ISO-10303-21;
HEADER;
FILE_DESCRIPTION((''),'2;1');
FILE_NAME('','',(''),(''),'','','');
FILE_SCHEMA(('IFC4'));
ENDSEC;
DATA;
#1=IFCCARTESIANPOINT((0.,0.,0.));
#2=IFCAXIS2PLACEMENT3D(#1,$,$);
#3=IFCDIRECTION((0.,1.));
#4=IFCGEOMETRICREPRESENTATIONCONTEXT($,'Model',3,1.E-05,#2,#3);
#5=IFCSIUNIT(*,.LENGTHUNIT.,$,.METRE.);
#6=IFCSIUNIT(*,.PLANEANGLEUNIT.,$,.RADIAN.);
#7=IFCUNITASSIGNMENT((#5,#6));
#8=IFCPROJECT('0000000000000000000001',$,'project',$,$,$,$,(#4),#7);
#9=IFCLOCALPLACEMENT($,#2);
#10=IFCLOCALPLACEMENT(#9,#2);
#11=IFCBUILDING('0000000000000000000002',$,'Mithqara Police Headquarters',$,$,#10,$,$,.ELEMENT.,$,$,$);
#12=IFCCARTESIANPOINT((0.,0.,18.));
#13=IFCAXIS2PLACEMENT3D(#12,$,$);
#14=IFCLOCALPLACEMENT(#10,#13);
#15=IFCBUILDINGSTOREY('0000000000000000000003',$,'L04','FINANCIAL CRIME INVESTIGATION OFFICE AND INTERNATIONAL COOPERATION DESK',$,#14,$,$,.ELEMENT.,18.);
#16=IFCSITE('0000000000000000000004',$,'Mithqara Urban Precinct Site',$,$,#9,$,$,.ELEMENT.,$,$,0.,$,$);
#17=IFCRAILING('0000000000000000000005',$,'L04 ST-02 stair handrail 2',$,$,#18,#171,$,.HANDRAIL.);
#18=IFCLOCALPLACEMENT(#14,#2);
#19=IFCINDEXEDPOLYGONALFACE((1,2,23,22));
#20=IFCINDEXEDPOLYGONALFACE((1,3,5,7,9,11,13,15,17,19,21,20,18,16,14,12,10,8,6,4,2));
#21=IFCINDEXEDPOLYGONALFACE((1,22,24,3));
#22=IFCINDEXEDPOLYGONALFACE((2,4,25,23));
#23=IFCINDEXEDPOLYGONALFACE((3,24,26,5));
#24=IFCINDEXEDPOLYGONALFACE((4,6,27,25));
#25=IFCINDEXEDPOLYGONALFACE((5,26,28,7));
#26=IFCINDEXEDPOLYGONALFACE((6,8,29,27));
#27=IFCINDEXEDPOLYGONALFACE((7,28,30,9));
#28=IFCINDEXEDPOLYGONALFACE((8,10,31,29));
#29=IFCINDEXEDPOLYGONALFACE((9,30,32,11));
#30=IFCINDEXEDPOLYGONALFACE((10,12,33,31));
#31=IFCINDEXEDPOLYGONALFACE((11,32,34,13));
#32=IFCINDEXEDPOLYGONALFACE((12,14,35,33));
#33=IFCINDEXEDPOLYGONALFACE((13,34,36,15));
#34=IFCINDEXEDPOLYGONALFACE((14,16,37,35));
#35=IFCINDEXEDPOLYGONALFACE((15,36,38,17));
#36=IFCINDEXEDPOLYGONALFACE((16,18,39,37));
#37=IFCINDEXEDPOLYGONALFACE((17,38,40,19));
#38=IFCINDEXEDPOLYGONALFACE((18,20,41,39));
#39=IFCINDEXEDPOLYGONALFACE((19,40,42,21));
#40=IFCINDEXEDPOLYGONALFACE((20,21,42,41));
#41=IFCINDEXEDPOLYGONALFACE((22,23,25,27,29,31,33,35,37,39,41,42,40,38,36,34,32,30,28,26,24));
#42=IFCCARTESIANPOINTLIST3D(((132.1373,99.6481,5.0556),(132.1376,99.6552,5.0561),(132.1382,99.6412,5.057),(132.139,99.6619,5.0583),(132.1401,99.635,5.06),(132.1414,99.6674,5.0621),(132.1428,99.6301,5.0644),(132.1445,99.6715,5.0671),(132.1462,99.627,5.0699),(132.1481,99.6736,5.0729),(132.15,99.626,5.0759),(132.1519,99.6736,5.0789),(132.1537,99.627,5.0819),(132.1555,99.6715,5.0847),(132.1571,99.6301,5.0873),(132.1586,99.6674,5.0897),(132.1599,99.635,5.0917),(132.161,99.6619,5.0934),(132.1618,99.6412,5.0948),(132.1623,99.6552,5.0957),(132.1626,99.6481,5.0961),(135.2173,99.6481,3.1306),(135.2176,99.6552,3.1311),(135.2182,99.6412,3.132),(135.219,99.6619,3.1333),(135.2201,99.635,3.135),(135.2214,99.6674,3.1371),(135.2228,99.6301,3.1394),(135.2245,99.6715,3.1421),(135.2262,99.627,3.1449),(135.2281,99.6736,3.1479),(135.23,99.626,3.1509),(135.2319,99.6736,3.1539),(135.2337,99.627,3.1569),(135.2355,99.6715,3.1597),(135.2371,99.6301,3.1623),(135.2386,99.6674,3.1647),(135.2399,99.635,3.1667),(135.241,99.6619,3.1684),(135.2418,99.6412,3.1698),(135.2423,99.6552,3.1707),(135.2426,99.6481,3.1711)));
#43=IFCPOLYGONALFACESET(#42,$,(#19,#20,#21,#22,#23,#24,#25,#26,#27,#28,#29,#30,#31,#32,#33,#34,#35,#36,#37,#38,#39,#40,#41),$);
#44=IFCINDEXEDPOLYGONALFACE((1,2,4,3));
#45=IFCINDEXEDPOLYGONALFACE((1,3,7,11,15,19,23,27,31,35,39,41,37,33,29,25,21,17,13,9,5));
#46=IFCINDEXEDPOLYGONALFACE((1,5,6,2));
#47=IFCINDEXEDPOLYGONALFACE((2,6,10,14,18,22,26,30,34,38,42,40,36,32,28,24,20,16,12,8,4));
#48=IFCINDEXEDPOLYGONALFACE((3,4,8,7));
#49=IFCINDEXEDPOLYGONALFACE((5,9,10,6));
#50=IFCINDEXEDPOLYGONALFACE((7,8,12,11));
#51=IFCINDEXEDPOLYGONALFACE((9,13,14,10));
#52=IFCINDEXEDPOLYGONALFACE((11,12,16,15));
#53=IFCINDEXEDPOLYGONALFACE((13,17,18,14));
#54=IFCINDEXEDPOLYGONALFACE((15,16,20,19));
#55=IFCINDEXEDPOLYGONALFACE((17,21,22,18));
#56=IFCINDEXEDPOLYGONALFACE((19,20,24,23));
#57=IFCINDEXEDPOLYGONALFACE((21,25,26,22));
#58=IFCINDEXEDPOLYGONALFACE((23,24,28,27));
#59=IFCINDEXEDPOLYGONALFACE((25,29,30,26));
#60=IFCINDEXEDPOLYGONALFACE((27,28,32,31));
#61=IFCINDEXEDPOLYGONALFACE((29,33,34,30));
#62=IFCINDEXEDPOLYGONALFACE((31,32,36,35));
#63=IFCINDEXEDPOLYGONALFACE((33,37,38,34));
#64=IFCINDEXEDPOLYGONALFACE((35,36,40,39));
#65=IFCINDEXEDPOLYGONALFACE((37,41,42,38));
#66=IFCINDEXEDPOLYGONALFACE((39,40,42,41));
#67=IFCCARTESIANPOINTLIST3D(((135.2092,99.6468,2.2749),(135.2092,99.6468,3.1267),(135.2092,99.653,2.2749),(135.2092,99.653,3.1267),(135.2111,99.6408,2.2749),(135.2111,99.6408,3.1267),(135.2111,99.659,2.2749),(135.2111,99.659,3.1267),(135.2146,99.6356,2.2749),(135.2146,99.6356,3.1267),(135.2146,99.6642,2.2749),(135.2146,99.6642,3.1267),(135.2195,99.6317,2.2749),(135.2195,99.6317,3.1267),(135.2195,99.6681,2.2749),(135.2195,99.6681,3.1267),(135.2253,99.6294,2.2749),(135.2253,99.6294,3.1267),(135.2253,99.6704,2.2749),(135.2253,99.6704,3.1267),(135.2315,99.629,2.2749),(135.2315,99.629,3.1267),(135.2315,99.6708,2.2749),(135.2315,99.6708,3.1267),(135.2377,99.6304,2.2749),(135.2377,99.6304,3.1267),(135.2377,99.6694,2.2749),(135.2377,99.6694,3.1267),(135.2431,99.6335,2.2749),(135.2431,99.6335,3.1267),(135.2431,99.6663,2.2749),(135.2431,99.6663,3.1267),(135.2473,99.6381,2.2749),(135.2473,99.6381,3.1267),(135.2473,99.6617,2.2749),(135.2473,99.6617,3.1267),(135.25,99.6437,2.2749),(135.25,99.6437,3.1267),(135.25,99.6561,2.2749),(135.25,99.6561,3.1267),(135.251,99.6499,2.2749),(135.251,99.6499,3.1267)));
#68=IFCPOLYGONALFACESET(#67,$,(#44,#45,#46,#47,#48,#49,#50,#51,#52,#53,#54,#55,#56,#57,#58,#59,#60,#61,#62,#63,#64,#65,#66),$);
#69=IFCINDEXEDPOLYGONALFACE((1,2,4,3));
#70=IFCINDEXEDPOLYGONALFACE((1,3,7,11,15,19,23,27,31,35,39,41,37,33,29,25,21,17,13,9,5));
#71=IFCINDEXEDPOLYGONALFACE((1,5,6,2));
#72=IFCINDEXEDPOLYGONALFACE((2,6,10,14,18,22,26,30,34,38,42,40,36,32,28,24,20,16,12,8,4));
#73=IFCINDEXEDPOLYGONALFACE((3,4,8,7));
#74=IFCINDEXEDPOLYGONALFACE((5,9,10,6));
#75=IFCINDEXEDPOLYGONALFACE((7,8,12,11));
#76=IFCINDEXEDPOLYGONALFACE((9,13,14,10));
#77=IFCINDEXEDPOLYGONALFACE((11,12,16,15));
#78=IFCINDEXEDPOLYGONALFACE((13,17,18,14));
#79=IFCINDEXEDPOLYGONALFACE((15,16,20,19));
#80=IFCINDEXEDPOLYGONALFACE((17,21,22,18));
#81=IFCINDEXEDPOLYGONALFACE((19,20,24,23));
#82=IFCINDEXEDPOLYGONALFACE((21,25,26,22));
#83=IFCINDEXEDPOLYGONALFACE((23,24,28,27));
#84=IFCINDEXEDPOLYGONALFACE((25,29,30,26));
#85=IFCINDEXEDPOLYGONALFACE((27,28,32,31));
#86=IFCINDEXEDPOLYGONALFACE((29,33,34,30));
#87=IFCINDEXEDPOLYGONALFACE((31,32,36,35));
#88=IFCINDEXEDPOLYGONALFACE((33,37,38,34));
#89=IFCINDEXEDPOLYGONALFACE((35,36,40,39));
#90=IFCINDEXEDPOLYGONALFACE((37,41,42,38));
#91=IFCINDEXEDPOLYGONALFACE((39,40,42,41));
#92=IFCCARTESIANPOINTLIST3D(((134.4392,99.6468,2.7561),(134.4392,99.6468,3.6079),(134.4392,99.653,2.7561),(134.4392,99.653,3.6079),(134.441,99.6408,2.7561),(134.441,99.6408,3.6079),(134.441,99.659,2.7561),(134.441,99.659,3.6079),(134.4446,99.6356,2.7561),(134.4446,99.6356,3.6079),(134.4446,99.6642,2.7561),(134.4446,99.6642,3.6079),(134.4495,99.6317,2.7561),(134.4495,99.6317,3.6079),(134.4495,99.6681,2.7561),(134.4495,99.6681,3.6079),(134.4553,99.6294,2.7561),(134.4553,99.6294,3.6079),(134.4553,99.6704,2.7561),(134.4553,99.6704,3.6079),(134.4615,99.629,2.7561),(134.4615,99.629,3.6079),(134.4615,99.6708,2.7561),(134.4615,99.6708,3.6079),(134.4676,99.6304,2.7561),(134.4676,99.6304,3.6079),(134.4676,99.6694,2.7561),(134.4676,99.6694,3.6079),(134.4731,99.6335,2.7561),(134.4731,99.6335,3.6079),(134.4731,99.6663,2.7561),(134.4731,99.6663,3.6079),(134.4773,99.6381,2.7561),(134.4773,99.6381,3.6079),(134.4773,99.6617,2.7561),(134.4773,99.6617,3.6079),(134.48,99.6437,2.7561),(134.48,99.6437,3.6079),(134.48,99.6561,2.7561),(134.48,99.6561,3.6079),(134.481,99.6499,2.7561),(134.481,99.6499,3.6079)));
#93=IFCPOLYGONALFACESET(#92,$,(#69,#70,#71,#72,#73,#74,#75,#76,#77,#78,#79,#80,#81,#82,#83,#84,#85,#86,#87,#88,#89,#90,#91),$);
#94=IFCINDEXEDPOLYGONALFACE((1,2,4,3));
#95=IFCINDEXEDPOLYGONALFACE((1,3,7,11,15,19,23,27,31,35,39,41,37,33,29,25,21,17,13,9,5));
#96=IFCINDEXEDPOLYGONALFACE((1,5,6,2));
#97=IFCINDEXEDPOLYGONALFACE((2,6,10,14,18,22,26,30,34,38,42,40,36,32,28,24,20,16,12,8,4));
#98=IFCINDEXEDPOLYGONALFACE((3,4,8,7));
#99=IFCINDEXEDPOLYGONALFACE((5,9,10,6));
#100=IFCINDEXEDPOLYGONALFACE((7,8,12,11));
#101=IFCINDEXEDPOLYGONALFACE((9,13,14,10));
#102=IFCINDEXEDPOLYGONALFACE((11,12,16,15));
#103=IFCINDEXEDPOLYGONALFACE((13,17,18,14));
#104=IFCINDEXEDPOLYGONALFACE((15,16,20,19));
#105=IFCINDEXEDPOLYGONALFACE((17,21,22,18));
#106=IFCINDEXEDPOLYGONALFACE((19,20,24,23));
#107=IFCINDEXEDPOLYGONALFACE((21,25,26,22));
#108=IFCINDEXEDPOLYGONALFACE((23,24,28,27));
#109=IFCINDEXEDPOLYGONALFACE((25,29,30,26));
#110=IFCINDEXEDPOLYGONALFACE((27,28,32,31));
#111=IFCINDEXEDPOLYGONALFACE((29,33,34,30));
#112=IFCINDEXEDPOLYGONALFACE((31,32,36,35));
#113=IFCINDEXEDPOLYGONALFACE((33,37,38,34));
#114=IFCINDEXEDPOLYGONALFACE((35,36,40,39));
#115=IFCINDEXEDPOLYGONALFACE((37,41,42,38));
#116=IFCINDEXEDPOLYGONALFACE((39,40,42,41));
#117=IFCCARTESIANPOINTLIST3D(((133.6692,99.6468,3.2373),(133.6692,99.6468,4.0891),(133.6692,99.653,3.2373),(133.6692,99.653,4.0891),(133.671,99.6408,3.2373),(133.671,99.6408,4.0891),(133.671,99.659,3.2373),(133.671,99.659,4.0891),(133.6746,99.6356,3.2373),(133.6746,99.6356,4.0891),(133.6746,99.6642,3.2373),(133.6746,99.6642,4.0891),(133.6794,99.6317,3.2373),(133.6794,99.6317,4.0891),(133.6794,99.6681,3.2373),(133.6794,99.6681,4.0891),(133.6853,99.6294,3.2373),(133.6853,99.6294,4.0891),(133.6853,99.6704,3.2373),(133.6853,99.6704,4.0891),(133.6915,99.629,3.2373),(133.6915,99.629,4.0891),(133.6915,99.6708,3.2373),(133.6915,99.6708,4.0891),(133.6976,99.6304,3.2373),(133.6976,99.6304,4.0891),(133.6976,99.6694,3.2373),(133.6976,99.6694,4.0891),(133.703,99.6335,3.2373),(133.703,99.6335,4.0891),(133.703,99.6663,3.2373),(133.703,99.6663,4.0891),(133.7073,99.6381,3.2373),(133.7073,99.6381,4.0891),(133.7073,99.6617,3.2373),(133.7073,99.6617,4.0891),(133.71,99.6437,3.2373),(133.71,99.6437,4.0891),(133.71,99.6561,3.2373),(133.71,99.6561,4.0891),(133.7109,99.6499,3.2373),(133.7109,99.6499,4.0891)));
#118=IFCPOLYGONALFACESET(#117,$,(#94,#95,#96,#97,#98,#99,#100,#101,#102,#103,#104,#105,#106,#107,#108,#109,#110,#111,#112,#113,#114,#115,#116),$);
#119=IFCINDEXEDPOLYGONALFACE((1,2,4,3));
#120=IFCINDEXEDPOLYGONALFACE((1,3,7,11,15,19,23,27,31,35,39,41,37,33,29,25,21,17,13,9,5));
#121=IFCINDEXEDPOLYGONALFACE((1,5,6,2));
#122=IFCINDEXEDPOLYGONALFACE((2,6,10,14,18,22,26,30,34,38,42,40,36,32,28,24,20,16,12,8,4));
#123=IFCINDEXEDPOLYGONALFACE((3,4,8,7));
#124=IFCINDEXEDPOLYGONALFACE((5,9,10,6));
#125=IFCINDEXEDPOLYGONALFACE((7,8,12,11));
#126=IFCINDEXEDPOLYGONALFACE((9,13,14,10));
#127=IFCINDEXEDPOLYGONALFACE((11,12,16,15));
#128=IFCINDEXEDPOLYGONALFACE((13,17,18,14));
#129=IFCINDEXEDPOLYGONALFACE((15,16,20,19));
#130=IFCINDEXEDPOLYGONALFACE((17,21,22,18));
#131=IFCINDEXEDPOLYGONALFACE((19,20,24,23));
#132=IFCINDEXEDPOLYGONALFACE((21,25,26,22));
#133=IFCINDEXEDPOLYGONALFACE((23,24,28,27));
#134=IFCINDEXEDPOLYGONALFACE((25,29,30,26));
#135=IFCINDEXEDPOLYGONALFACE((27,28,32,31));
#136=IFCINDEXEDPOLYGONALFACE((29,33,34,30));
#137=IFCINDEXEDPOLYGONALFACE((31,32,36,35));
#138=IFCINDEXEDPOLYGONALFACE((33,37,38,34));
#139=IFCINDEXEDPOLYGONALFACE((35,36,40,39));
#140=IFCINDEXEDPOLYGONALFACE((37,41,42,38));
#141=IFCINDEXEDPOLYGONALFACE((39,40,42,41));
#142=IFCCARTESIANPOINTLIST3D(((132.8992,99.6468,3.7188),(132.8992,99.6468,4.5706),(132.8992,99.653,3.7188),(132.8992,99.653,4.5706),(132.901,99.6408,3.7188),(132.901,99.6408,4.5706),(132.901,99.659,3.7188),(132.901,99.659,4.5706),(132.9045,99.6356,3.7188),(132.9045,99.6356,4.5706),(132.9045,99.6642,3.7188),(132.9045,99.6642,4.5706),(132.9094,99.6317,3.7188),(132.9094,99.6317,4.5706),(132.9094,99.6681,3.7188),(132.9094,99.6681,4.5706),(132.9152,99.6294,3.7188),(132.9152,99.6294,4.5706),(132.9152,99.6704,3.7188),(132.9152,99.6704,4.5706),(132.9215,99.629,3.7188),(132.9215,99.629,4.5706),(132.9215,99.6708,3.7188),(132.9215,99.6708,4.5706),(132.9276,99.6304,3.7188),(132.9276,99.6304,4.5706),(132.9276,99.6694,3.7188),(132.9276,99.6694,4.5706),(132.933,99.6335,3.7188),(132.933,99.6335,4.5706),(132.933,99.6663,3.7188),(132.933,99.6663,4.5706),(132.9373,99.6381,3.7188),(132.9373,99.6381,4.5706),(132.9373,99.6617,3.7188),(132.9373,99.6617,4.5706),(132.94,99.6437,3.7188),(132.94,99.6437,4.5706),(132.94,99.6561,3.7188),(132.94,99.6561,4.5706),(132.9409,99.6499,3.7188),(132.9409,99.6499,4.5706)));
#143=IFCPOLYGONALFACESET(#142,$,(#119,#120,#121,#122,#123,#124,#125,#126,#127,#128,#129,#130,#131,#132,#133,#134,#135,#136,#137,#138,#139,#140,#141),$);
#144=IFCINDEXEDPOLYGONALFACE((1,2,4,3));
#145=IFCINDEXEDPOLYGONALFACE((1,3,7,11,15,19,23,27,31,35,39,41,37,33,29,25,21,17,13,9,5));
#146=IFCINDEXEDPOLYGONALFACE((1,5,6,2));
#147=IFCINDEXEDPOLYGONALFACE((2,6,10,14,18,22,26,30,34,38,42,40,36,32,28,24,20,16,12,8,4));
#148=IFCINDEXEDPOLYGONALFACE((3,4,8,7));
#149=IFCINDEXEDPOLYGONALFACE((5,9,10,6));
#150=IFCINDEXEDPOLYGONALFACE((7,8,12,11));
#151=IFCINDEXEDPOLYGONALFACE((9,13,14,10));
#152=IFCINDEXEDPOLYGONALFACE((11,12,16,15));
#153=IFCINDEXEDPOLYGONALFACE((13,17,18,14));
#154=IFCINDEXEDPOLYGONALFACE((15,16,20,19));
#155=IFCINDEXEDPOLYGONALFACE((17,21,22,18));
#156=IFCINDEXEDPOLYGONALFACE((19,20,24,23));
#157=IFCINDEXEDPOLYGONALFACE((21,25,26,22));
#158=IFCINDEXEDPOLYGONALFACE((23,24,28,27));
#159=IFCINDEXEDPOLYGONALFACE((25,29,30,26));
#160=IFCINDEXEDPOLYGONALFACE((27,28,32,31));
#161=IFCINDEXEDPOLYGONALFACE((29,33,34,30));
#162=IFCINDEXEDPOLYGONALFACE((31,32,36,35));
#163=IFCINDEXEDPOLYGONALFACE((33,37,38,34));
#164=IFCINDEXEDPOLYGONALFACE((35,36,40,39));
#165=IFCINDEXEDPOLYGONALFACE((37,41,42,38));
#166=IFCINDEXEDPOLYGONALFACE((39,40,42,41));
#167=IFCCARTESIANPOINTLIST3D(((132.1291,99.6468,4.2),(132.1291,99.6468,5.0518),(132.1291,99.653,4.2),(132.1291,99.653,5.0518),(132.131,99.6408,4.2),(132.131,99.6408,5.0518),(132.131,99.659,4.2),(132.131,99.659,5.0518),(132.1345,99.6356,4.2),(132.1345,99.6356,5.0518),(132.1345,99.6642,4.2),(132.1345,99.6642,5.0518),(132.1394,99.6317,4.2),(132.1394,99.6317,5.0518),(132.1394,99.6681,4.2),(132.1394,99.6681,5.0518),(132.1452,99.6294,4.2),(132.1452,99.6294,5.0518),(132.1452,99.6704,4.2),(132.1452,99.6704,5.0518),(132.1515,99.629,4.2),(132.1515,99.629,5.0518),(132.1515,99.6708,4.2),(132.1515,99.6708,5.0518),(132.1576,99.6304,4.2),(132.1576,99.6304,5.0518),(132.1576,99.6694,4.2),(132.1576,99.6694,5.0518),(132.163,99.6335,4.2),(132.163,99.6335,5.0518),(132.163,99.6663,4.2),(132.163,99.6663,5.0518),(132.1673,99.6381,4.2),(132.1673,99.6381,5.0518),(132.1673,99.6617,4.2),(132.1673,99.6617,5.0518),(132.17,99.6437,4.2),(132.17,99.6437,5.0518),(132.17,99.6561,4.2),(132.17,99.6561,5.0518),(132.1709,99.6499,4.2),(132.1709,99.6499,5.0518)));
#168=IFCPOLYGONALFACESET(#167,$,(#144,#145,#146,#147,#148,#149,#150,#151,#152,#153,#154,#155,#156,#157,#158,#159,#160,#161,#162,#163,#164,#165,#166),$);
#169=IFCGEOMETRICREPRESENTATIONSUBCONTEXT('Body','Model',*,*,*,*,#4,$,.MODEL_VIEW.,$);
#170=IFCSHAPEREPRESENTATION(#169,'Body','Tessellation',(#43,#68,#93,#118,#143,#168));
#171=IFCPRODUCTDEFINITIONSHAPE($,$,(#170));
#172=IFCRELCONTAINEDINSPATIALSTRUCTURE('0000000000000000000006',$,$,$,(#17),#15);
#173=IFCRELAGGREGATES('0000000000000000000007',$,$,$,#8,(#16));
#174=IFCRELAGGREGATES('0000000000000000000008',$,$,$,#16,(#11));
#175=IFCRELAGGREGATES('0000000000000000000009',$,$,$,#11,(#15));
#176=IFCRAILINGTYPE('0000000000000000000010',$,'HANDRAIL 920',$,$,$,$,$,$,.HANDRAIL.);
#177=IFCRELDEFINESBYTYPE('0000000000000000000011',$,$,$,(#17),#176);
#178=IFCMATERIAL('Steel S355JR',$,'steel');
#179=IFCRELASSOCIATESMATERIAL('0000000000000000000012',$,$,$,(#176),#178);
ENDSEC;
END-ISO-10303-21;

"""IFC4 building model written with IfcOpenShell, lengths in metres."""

from ifc_helpers import new_model, si_unit, direction, frame, origin, origin_2d, place, context, subcontext, project, spatial, circle, extrude, material, type_object, element, save


model = new_model("IFC4")

# Units and contexts
model_context = context("Model", 3, precision=1e-05, world=origin(), true_north=direction((0.0, 1.0)))
body_context = subcontext(model_context, "Body", "Model", "MODEL_VIEW")
ifc_project = project(units=[si_unit("LENGTHUNIT", "METRE"), si_unit("PLANEANGLEUNIT", "RADIAN")], contexts=[model_context])

# Site, building, storey
site_placement = place(None, origin())
site = spatial("IfcSite", under=ifc_project, at=site_placement, Name="Mithqara Urban Precinct Site", CompositionType="ELEMENT", RefElevation=0.0)
building_placement = place(site_placement, origin())
building = spatial("IfcBuilding", under=site, at=building_placement, Name="Mithqara Police Headquarters", CompositionType="ELEMENT")
storey_placement = place(building_placement, frame((0.0, 0.0, 18.0)))
storey = spatial("IfcBuildingStorey", under=building, at=storey_placement, Name="L04", Description="FINANCIAL CRIME INVESTIGATION OFFICE AND INTERNATIONAL COOPERATION DESK", CompositionType="ELEMENT", Elevation=18.0)

# Shared definitions
ifc_material_1 = material(Name="Steel S355JR", Category="steel")

# Railing
railing_type_1 = type_object("IfcRailingType", Name="HANDRAIL 920", PredefinedType="HANDRAIL", material=ifc_material_1)
railing_1_placement = place(storey_placement, frame((135.23, 99.6499, 2.2749)))
element("IfcRailing", 1, at=railing_1_placement, inside=storey, type_object=railing_type_1, Name="L04 ST-02 stair handrail 2", PredefinedType="HANDRAIL", context=body_context, shape_type="SweptSolid", body=[
    extrude(circle(Radius=0.0239, at=origin_2d()), frame((0.0, 0.0, 0.876), z_axis=(-0.847998, 0.0, 0.529999), x_axis=(0.0, -1.0, 0.0)), (0.0, 0.0, 1.0), 3.6321),
    extrude(circle(Radius=0.021, at=origin_2d()), origin(), (0.0, 0.0, 1.0), 0.8518),
    extrude(circle(Radius=0.021, at=origin_2d()), frame((-0.77, 0.0, 0.4812)), (0.0, 0.0, 1.0), 0.8518),
    extrude(circle(Radius=0.021, at=origin_2d()), frame((-1.54, 0.0, 0.9624)), (0.0, 0.0, 1.0), 0.8518),
    extrude(circle(Radius=0.021, at=origin_2d()), frame((-2.3101, 0.0, 1.4438)), (0.0, 0.0, 1.0), 0.8518),
    extrude(circle(Radius=0.021, at=origin_2d()), frame((-3.0801, 0.0, 1.925)), (0.0, 0.0, 1.0), 0.8518),
])

save(model, "model.ifc")
